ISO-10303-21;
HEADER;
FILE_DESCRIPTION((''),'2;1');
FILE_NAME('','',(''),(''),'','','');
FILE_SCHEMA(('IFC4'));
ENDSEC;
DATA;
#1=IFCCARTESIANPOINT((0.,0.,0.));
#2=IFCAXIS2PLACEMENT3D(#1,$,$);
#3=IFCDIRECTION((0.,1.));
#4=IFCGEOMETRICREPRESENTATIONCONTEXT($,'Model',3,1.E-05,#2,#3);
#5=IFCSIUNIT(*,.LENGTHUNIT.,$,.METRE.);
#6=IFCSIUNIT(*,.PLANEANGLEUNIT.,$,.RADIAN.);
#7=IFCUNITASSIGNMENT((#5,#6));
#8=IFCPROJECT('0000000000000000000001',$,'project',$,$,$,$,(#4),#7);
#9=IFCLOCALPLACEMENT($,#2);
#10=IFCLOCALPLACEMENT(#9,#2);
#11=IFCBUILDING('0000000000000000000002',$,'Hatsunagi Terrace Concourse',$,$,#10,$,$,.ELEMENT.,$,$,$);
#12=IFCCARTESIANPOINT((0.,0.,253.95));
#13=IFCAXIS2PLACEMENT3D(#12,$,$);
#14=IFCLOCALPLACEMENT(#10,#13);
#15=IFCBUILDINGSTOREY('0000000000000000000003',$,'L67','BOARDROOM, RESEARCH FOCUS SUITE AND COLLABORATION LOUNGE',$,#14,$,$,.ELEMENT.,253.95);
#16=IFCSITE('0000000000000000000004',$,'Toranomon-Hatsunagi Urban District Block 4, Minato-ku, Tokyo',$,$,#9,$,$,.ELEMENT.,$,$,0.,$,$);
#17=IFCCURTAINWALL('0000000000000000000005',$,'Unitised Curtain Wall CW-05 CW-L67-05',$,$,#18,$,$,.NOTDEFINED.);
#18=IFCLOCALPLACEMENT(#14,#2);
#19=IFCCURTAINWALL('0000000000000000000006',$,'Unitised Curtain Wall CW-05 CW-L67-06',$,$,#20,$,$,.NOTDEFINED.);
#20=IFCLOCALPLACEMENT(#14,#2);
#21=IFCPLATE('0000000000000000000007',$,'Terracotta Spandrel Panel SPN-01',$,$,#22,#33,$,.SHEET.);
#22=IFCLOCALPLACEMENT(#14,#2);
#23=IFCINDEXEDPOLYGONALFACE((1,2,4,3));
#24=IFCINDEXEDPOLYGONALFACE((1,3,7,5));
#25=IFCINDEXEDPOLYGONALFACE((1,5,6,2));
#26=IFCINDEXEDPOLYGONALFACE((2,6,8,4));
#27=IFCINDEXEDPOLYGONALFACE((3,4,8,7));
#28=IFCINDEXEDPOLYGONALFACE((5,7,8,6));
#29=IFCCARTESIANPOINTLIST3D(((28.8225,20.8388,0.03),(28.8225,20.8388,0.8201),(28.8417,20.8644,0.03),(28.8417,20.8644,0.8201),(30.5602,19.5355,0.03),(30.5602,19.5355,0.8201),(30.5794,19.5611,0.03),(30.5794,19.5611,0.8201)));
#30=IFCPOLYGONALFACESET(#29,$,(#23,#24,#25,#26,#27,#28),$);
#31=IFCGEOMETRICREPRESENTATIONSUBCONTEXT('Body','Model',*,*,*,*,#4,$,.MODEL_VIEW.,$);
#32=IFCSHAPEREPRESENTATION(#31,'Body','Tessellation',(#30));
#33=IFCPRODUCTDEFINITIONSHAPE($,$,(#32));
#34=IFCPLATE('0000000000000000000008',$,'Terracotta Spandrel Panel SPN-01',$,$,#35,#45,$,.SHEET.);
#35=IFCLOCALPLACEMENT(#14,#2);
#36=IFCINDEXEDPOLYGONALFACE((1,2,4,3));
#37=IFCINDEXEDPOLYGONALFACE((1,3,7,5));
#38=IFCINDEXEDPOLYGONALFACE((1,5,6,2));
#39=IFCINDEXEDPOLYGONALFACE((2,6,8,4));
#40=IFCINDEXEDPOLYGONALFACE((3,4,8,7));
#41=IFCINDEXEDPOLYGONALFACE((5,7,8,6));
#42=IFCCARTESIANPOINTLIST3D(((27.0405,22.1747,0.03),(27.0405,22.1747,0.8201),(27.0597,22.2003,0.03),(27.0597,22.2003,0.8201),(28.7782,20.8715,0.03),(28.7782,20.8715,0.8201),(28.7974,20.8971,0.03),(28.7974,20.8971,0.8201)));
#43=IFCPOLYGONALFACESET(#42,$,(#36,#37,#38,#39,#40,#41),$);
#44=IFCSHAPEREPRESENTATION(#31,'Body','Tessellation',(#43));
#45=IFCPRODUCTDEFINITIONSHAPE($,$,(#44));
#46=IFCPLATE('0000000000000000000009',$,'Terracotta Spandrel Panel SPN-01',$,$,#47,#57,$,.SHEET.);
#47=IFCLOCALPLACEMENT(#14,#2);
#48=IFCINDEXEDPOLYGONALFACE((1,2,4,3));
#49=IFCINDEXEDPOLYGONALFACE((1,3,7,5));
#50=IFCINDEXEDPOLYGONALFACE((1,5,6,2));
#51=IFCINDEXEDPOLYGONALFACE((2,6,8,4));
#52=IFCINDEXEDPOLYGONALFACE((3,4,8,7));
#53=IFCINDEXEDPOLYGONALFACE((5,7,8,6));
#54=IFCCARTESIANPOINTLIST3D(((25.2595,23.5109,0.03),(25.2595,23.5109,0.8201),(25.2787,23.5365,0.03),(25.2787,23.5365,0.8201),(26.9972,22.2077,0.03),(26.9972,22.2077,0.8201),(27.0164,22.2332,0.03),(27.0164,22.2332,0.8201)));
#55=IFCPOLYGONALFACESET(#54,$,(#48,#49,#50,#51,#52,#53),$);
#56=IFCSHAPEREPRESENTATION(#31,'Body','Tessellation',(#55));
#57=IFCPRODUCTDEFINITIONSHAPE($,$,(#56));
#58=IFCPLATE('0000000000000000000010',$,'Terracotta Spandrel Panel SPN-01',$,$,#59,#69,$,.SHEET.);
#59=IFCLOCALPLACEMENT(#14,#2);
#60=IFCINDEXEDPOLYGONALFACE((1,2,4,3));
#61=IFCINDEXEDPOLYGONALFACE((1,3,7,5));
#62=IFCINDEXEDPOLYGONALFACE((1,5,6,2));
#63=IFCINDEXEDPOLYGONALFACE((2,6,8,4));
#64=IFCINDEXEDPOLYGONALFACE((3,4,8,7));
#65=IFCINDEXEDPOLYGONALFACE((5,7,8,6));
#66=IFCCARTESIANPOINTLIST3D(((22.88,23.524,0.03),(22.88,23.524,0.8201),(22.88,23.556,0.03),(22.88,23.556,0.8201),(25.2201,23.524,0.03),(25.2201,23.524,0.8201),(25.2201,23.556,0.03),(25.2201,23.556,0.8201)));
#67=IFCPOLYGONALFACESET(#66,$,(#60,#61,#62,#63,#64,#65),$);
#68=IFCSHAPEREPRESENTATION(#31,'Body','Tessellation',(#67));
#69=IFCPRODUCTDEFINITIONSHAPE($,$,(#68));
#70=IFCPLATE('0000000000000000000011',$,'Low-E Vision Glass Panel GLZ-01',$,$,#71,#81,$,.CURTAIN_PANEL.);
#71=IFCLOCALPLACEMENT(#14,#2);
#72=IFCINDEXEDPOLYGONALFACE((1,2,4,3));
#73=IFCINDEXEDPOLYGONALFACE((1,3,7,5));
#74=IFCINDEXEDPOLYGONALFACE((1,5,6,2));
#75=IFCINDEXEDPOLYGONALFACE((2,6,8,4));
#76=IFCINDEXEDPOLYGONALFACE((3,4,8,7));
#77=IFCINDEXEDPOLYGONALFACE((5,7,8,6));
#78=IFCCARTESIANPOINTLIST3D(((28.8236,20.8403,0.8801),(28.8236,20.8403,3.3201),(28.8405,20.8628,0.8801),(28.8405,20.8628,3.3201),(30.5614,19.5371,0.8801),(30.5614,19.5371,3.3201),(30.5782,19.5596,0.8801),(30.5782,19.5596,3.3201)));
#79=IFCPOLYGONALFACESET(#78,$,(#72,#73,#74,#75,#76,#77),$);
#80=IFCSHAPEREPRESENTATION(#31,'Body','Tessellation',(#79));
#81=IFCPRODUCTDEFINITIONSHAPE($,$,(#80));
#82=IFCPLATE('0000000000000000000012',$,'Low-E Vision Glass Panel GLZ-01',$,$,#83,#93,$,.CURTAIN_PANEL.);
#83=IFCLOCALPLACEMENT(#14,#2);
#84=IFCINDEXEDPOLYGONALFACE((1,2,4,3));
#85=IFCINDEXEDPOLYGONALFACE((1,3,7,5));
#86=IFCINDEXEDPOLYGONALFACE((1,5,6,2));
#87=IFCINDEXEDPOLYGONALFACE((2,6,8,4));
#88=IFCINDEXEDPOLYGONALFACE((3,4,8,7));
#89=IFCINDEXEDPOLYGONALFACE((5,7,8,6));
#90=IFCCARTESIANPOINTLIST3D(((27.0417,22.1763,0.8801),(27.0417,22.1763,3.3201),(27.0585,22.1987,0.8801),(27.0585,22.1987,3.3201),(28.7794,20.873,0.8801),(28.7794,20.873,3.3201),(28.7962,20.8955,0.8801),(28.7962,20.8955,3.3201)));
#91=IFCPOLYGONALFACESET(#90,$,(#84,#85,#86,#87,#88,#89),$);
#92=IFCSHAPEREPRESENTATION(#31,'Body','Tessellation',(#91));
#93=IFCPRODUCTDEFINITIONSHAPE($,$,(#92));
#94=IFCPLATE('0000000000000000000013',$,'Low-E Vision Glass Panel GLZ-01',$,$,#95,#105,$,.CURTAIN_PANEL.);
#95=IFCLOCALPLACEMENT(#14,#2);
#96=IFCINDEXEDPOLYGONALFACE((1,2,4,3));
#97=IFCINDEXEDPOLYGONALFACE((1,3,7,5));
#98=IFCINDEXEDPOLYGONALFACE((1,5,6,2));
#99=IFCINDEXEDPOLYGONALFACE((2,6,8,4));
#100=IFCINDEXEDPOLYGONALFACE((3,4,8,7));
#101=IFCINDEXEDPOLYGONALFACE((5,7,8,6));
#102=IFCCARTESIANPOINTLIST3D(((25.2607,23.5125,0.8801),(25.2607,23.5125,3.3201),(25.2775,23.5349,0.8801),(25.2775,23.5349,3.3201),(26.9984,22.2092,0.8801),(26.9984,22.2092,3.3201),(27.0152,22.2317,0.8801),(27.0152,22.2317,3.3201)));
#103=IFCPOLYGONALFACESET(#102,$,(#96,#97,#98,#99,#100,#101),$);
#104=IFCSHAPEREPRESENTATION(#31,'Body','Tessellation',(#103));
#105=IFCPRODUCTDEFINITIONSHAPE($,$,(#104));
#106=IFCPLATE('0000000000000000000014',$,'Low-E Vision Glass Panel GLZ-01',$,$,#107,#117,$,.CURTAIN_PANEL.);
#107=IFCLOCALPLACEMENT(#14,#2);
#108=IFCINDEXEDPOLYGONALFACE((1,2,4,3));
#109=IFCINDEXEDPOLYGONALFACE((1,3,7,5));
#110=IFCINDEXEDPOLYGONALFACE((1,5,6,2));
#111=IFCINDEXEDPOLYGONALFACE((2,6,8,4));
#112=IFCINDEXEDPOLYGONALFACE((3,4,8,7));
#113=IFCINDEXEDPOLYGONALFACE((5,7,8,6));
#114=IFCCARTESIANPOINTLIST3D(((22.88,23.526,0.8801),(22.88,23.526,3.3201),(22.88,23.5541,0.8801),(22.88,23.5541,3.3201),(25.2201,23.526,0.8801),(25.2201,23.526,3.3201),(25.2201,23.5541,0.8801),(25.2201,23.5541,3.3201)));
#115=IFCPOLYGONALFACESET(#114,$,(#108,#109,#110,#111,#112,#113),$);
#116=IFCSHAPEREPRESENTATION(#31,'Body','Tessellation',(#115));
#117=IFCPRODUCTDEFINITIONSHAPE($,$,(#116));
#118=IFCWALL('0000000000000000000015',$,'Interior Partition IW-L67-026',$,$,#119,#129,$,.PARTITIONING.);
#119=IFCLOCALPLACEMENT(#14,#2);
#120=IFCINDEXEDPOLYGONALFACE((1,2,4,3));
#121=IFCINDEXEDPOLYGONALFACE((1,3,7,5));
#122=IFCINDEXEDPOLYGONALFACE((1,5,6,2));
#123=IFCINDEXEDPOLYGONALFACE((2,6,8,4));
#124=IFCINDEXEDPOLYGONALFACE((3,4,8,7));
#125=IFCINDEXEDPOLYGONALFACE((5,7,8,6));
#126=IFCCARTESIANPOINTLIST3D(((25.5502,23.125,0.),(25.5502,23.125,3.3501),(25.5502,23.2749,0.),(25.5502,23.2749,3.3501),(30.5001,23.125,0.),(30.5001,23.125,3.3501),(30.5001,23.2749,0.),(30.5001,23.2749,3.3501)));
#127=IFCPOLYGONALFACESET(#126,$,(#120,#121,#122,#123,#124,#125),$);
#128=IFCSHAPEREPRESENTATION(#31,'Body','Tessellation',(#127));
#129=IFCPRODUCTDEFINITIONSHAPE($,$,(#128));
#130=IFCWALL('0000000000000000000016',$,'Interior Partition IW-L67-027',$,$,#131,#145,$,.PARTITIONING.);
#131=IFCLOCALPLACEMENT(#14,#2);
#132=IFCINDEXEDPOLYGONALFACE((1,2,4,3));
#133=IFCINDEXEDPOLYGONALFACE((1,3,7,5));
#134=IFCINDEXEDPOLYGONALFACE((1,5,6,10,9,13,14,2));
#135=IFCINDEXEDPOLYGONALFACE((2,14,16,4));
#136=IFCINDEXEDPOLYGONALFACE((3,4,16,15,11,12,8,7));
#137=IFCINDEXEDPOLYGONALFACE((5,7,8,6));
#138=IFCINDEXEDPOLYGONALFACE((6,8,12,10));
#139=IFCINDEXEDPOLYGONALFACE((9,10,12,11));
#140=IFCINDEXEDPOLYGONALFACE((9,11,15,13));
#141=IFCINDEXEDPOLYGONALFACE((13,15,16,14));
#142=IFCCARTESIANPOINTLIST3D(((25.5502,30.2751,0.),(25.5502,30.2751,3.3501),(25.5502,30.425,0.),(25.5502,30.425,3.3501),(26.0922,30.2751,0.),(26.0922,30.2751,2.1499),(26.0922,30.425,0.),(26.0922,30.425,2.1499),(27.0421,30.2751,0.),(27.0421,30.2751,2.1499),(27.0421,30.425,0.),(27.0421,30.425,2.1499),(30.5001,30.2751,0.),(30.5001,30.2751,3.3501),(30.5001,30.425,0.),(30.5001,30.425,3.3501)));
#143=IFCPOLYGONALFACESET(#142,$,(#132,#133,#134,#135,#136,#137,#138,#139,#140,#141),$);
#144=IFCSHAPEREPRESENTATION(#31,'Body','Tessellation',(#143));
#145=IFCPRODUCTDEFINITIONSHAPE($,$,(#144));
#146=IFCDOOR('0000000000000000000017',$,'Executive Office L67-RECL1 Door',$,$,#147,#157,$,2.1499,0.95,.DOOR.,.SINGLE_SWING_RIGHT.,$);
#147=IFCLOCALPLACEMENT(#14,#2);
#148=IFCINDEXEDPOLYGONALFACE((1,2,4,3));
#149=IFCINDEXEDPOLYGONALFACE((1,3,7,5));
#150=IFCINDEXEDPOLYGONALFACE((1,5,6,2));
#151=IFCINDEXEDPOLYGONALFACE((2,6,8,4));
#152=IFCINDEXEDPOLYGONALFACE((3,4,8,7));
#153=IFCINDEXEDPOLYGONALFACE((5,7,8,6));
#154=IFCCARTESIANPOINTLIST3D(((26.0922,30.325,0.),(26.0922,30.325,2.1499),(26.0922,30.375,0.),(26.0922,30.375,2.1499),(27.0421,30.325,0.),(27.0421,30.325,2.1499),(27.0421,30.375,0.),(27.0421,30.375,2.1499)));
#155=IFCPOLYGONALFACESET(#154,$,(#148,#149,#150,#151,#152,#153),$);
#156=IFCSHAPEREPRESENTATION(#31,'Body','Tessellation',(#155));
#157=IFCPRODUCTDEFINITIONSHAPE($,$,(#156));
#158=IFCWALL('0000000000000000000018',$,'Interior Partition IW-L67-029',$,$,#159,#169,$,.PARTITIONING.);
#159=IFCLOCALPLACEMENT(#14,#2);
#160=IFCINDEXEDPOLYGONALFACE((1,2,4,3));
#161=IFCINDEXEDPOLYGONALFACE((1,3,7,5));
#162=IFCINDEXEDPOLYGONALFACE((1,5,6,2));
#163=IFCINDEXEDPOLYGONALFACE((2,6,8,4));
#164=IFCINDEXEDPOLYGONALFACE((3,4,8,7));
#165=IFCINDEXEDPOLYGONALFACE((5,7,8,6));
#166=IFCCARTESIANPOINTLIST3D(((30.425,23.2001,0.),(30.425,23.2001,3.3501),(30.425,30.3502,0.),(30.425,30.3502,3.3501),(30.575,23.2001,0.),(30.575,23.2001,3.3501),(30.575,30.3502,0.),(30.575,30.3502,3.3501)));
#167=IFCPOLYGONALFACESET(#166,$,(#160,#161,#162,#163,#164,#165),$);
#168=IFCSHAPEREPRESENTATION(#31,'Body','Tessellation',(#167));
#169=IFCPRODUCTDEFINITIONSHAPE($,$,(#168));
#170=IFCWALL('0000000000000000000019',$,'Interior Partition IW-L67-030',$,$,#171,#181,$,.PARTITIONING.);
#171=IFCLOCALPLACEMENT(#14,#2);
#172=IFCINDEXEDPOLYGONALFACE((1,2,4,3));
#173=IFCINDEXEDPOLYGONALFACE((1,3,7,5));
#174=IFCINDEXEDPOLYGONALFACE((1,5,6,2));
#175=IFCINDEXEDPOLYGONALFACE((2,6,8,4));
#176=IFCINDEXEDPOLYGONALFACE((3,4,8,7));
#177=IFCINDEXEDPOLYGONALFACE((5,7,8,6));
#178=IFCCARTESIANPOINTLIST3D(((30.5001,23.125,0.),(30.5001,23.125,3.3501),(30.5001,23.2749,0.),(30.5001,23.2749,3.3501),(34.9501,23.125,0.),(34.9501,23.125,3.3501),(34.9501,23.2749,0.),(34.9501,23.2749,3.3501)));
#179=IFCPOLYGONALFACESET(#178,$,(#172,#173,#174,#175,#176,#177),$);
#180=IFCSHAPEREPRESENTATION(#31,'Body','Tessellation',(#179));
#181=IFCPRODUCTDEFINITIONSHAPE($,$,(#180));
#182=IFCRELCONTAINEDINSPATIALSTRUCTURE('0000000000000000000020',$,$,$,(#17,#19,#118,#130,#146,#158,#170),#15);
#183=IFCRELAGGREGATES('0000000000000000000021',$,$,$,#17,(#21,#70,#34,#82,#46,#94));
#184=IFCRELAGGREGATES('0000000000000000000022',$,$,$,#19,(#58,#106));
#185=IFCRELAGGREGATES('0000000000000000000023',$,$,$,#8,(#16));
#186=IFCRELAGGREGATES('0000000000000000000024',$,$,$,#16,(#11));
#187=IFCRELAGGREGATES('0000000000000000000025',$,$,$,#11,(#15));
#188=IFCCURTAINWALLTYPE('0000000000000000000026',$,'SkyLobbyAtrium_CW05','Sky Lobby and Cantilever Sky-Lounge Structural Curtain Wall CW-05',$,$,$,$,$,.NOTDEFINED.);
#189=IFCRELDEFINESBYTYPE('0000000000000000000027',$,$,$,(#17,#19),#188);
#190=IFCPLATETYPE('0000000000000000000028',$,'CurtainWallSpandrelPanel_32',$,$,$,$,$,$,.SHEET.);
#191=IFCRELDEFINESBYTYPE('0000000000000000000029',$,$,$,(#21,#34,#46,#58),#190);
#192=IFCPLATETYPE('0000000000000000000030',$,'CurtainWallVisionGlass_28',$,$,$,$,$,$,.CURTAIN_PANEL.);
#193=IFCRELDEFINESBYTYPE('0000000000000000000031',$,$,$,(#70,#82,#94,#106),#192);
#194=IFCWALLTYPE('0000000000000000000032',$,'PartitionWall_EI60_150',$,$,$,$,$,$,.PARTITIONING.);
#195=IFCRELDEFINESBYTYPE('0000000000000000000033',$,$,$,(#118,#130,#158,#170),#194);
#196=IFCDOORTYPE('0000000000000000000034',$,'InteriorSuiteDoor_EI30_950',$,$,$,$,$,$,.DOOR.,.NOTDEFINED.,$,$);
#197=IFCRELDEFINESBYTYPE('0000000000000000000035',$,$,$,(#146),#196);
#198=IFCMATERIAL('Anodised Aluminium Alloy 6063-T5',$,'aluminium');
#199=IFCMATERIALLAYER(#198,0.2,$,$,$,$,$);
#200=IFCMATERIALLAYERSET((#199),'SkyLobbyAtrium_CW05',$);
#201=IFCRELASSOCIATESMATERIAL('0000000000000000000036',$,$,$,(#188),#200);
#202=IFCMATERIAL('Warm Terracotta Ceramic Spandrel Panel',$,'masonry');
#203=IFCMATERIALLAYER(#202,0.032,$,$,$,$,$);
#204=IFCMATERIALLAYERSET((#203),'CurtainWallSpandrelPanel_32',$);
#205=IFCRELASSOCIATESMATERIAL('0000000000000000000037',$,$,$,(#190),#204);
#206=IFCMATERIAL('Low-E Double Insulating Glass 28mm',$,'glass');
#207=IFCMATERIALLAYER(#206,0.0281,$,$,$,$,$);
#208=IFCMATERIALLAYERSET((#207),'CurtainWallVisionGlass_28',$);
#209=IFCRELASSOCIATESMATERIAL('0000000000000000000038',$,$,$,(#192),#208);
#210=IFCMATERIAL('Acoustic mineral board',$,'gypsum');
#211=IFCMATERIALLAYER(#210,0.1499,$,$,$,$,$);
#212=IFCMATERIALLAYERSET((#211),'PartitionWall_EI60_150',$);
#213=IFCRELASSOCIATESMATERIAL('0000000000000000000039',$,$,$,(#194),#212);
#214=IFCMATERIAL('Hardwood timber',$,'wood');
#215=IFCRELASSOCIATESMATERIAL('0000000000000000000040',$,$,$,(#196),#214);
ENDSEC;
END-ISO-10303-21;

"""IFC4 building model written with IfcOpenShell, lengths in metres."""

from ifc_helpers import new_model, si_unit, direction, frame, frame_2d, origin, origin_2d, place, context, subcontext, project, spatial, rectangle, extrude, material, layer, layer_set, type_object, element, fill, aggregate, save


model = new_model("IFC4")

# Units and contexts
model_context = context("Model", 3, precision=1e-05, world=origin(), true_north=direction((0.0, 1.0)))
body_context = subcontext(model_context, "Body", "Model", "MODEL_VIEW")
ifc_project = project(units=[si_unit("LENGTHUNIT", "METRE"), si_unit("PLANEANGLEUNIT", "RADIAN")], contexts=[model_context])

# Site, building, storey
site_placement = place(None, origin())
site = spatial("IfcSite", under=ifc_project, at=site_placement, Name="Toranomon-Hatsunagi Urban District Block 4, Minato-ku, Tokyo", CompositionType="ELEMENT", RefElevation=0.0)
building_placement = place(site_placement, origin())
building = spatial("IfcBuilding", under=site, at=building_placement, Name="Hatsunagi Terrace Concourse", CompositionType="ELEMENT")
storey_placement = place(building_placement, frame((0.0, 0.0, 253.95)))
storey = spatial("IfcBuildingStorey", under=building, at=storey_placement, Name="L67", Description="BOARDROOM, RESEARCH FOCUS SUITE AND COLLABORATION LOUNGE", CompositionType="ELEMENT", Elevation=253.95)

# Curtain walls
ifc_material_1 = material(Name="Anodised Aluminium Alloy 6063-T5", Category="aluminium")
ifc_layer_1 = layer(ifc_material_1, 0.2)
ifc_layer_set_1 = layer_set([ifc_layer_1], Name="SkyLobbyAtrium_CW05")
curtain_wall_type = type_object("IfcCurtainWallType", Name="SkyLobbyAtrium_CW05", Description="Sky Lobby and Cantilever Sky-Lounge Structural Curtain Wall CW-05", PredefinedType="NOTDEFINED", material=ifc_layer_set_1)
curtain_wall_1_placement = place(storey_placement, origin())
curtain_wall_1 = element("IfcCurtainWall", 1, at=curtain_wall_1_placement, inside=storey, type_object=curtain_wall_type, Name="Unitised Curtain Wall CW-05 CW-L67-05", PredefinedType="NOTDEFINED")
curtain_wall_2_placement = place(storey_placement, origin())
curtain_wall_2 = element("IfcCurtainWall", 2, at=curtain_wall_2_placement, inside=storey, type_object=curtain_wall_type, Name="Unitised Curtain Wall CW-05 CW-L67-06", PredefinedType="NOTDEFINED")

# Plates
ifc_material_2 = material(Name="Warm Terracotta Ceramic Spandrel Panel", Category="masonry")
ifc_layer_2 = layer(ifc_material_2, 0.032)
ifc_layer_set_2 = layer_set([ifc_layer_2], Name="CurtainWallSpandrelPanel_32")
plate_type_1 = type_object("IfcPlateType", Name="CurtainWallSpandrelPanel_32", PredefinedType="SHEET", material=ifc_layer_set_2)
plate_1_placement = place(storey_placement, frame((29.7009, 20.2, 0.03), z_axis=(0.0, 0.0, 1.0), x_axis=(-0.800007, 0.59999, 0.0)))
plate_1 = element("IfcPlate", 3, at=plate_1_placement, type_object=plate_type_1, Name="Terracotta Spandrel Panel SPN-01", PredefinedType="SHEET", context=body_context, shape_type="SweptSolid", body=[
    extrude(rectangle(XDim=2.1721, YDim=0.032, at=origin_2d()), origin(), (0.0, 0.0, 1.0), 0.79),
])
plate_2_placement = place(storey_placement, frame((27.9189, 21.5359, 0.03), z_axis=(0.0, 0.0, 1.0), x_axis=(-0.800007, 0.59999, 0.0)))
plate_2 = element("IfcPlate", 4, at=plate_2_placement, type_object=plate_type_1, Name="Terracotta Spandrel Panel SPN-01", PredefinedType="SHEET", context=body_context, shape_type="SweptSolid", body=[
    extrude(rectangle(XDim=2.1721, YDim=0.032, at=origin_2d()), origin(), (0.0, 0.0, 1.0), 0.79),
])
plate_3_placement = place(storey_placement, frame((26.1379, 22.8721, 0.03), z_axis=(0.0, 0.0, 1.0), x_axis=(-0.800007, 0.59999, 0.0)))
plate_3 = element("IfcPlate", 5, at=plate_3_placement, type_object=plate_type_1, Name="Terracotta Spandrel Panel SPN-01", PredefinedType="SHEET", context=body_context, shape_type="SweptSolid", body=[
    extrude(rectangle(XDim=2.1721, YDim=0.032, at=origin_2d()), origin(), (0.0, 0.0, 1.0), 0.79),
])
plate_4_placement = place(storey_placement, frame((24.05, 23.54, 0.03), z_axis=(0.0, 0.0, 1.0), x_axis=(-1.0, 0.0, 0.0)))
plate_4 = element("IfcPlate", 6, at=plate_4_placement, type_object=plate_type_1, Name="Terracotta Spandrel Panel SPN-01", PredefinedType="SHEET", context=body_context, shape_type="SweptSolid", body=[
    extrude(rectangle(XDim=2.3401, YDim=0.032, at=origin_2d()), origin(), (0.0, 0.0, 1.0), 0.79),
])
ifc_material_3 = material(Name="Low-E Double Insulating Glass 28mm", Category="glass")
ifc_layer_3 = layer(ifc_material_3, 0.0281)
ifc_layer_set_3 = layer_set([ifc_layer_3], Name="CurtainWallVisionGlass_28")
plate_type_2 = type_object("IfcPlateType", Name="CurtainWallVisionGlass_28", PredefinedType="CURTAIN_PANEL", material=ifc_layer_set_3)
plate_5_placement = place(storey_placement, frame((29.7009, 20.2, 0.8801), z_axis=(0.0, 0.0, 1.0), x_axis=(-0.800007, 0.59999, 0.0)))
plate_5 = element("IfcPlate", 7, at=plate_5_placement, type_object=plate_type_2, Name="Low-E Vision Glass Panel GLZ-01", PredefinedType="CURTAIN_PANEL", context=body_context, shape_type="SweptSolid", body=[
    extrude(rectangle(XDim=2.1721, YDim=0.0281, at=origin_2d()), origin(), (0.0, 0.0, 1.0), 2.4399),
])
plate_6_placement = place(storey_placement, frame((27.9189, 21.5359, 0.8801), z_axis=(0.0, 0.0, 1.0), x_axis=(-0.800007, 0.59999, 0.0)))
plate_6 = element("IfcPlate", 8, at=plate_6_placement, type_object=plate_type_2, Name="Low-E Vision Glass Panel GLZ-01", PredefinedType="CURTAIN_PANEL", context=body_context, shape_type="SweptSolid", body=[
    extrude(rectangle(XDim=2.1721, YDim=0.0281, at=origin_2d()), origin(), (0.0, 0.0, 1.0), 2.4399),
])
plate_7_placement = place(storey_placement, frame((26.1379, 22.8721, 0.8801), z_axis=(0.0, 0.0, 1.0), x_axis=(-0.800007, 0.59999, 0.0)))
plate_7 = element("IfcPlate", 9, at=plate_7_placement, type_object=plate_type_2, Name="Low-E Vision Glass Panel GLZ-01", PredefinedType="CURTAIN_PANEL", context=body_context, shape_type="SweptSolid", body=[
    extrude(rectangle(XDim=2.1721, YDim=0.0281, at=origin_2d()), origin(), (0.0, 0.0, 1.0), 2.4399),
])
aggregate(curtain_wall_1, [plate_1, plate_5, plate_2, plate_6, plate_3, plate_7])
plate_8_placement = place(storey_placement, frame((24.05, 23.54, 0.8801), z_axis=(0.0, 0.0, 1.0), x_axis=(-1.0, 0.0, 0.0)))
plate_8 = element("IfcPlate", 10, at=plate_8_placement, type_object=plate_type_2, Name="Low-E Vision Glass Panel GLZ-01", PredefinedType="CURTAIN_PANEL", context=body_context, shape_type="SweptSolid", body=[
    extrude(rectangle(XDim=2.3401, YDim=0.0281, at=origin_2d()), origin(), (0.0, 0.0, 1.0), 2.4399),
])
aggregate(curtain_wall_2, [plate_4, plate_8])

# Wall
ifc_material_4 = material(Name="Acoustic mineral board", Category="gypsum")
ifc_layer_4 = layer(ifc_material_4, 0.1499)
ifc_layer_set_4 = layer_set([ifc_layer_4], Name="PartitionWall_EI60_150")
wall_type_1 = type_object("IfcWallType", Name="PartitionWall_EI60_150", PredefinedType="PARTITIONING", material=ifc_layer_set_4)
wall_1_placement = place(storey_placement, frame((25.55, 23.2, 0.0), z_axis=(0.0, 0.0, 1.0), x_axis=(1.0, 0.0, 0.0)))
element("IfcWall", 11, at=wall_1_placement, inside=storey, type_object=wall_type_1, Name="Interior Partition IW-L67-026", PredefinedType="PARTITIONING", context=body_context, shape_type="SweptSolid", body=[
    extrude(rectangle(XDim=4.95, YDim=0.1499, at=frame_2d((2.4751, 0.0))), origin(), (0.0, 0.0, 1.0), 3.3501),
])

# Wall, opening, door
wall_2_placement = place(storey_placement, frame((25.55, 30.3501, 0.0), z_axis=(0.0, 0.0, 1.0), x_axis=(1.0, 0.0, 0.0)))
wall_2 = element("IfcWall", 12, at=wall_2_placement, inside=storey, type_object=wall_type_1, Name="Interior Partition IW-L67-027", PredefinedType="PARTITIONING", context=body_context, shape_type="SweptSolid", body=[
    extrude(rectangle(XDim=4.95, YDim=0.1499, at=frame_2d((2.4751, 0.0))), origin(), (0.0, 0.0, 1.0), 3.3501),
])
opening_1_placement = place(wall_2_placement, frame((0.542, 0.0, 0.0)))
opening_1 = element("IfcOpeningElement", 13, at=opening_1_placement, cuts=wall_2, PredefinedType="OPENING", context=body_context, shape_type="SweptSolid", body=[
    extrude(rectangle(XDim=0.95, YDim=2.1499, at=frame_2d((0.4751, 1.075))), frame((0.0, 0.085, 0.0), z_axis=(0.0, -1.0, 0.0), x_axis=(1.0, 0.0, 0.0)), (0.0, 0.0, 1.0), 0.1699),
])
ifc_material_5 = material(Name="Hardwood timber", Category="wood")
door_type = type_object("IfcDoorType", Name="InteriorSuiteDoor_EI30_950", OperationType="NOTDEFINED", PredefinedType="DOOR", material=ifc_material_5)
door_1_placement = place(opening_1_placement, origin())
door_1 = element("IfcDoor", 14, at=door_1_placement, inside=storey, type_object=door_type, Name="Executive Office L67-RECL1 Door", OperationType="SINGLE_SWING_RIGHT", OverallHeight=2.1499, OverallWidth=0.95, PredefinedType="DOOR", context=body_context, shape_type="SweptSolid", body=[
    extrude(rectangle(XDim=0.95, YDim=2.1499, at=frame_2d((0.4751, 1.075))), frame((0.0, 0.0249, 0.0), z_axis=(0.0, -1.0, 0.0), x_axis=(1.0, 0.0, 0.0)), (0.0, 0.0, 1.0), 0.05),
])
fill(opening_1, door_1)

# Walls
wall_3_placement = place(storey_placement, frame((30.5, 23.2, 0.0), z_axis=(0.0, 0.0, 1.0), x_axis=(0.0, 1.0, 0.0)))
element("IfcWall", 15, at=wall_3_placement, inside=storey, type_object=wall_type_1, Name="Interior Partition IW-L67-029", PredefinedType="PARTITIONING", context=body_context, shape_type="SweptSolid", body=[
    extrude(rectangle(XDim=7.1501, YDim=0.1499, at=frame_2d((3.5752, 0.0))), origin(), (0.0, 0.0, 1.0), 3.3501),
])
wall_4_placement = place(storey_placement, frame((30.5, 23.2, 0.0), z_axis=(0.0, 0.0, 1.0), x_axis=(1.0, 0.0, 0.0)))
element("IfcWall", 16, at=wall_4_placement, inside=storey, type_object=wall_type_1, Name="Interior Partition IW-L67-030", PredefinedType="PARTITIONING", context=body_context, shape_type="SweptSolid", body=[
    extrude(rectangle(XDim=4.45, YDim=0.1499, at=frame_2d((2.2251, 0.0))), origin(), (0.0, 0.0, 1.0), 3.3501),
])

save(model, "model.ifc")
